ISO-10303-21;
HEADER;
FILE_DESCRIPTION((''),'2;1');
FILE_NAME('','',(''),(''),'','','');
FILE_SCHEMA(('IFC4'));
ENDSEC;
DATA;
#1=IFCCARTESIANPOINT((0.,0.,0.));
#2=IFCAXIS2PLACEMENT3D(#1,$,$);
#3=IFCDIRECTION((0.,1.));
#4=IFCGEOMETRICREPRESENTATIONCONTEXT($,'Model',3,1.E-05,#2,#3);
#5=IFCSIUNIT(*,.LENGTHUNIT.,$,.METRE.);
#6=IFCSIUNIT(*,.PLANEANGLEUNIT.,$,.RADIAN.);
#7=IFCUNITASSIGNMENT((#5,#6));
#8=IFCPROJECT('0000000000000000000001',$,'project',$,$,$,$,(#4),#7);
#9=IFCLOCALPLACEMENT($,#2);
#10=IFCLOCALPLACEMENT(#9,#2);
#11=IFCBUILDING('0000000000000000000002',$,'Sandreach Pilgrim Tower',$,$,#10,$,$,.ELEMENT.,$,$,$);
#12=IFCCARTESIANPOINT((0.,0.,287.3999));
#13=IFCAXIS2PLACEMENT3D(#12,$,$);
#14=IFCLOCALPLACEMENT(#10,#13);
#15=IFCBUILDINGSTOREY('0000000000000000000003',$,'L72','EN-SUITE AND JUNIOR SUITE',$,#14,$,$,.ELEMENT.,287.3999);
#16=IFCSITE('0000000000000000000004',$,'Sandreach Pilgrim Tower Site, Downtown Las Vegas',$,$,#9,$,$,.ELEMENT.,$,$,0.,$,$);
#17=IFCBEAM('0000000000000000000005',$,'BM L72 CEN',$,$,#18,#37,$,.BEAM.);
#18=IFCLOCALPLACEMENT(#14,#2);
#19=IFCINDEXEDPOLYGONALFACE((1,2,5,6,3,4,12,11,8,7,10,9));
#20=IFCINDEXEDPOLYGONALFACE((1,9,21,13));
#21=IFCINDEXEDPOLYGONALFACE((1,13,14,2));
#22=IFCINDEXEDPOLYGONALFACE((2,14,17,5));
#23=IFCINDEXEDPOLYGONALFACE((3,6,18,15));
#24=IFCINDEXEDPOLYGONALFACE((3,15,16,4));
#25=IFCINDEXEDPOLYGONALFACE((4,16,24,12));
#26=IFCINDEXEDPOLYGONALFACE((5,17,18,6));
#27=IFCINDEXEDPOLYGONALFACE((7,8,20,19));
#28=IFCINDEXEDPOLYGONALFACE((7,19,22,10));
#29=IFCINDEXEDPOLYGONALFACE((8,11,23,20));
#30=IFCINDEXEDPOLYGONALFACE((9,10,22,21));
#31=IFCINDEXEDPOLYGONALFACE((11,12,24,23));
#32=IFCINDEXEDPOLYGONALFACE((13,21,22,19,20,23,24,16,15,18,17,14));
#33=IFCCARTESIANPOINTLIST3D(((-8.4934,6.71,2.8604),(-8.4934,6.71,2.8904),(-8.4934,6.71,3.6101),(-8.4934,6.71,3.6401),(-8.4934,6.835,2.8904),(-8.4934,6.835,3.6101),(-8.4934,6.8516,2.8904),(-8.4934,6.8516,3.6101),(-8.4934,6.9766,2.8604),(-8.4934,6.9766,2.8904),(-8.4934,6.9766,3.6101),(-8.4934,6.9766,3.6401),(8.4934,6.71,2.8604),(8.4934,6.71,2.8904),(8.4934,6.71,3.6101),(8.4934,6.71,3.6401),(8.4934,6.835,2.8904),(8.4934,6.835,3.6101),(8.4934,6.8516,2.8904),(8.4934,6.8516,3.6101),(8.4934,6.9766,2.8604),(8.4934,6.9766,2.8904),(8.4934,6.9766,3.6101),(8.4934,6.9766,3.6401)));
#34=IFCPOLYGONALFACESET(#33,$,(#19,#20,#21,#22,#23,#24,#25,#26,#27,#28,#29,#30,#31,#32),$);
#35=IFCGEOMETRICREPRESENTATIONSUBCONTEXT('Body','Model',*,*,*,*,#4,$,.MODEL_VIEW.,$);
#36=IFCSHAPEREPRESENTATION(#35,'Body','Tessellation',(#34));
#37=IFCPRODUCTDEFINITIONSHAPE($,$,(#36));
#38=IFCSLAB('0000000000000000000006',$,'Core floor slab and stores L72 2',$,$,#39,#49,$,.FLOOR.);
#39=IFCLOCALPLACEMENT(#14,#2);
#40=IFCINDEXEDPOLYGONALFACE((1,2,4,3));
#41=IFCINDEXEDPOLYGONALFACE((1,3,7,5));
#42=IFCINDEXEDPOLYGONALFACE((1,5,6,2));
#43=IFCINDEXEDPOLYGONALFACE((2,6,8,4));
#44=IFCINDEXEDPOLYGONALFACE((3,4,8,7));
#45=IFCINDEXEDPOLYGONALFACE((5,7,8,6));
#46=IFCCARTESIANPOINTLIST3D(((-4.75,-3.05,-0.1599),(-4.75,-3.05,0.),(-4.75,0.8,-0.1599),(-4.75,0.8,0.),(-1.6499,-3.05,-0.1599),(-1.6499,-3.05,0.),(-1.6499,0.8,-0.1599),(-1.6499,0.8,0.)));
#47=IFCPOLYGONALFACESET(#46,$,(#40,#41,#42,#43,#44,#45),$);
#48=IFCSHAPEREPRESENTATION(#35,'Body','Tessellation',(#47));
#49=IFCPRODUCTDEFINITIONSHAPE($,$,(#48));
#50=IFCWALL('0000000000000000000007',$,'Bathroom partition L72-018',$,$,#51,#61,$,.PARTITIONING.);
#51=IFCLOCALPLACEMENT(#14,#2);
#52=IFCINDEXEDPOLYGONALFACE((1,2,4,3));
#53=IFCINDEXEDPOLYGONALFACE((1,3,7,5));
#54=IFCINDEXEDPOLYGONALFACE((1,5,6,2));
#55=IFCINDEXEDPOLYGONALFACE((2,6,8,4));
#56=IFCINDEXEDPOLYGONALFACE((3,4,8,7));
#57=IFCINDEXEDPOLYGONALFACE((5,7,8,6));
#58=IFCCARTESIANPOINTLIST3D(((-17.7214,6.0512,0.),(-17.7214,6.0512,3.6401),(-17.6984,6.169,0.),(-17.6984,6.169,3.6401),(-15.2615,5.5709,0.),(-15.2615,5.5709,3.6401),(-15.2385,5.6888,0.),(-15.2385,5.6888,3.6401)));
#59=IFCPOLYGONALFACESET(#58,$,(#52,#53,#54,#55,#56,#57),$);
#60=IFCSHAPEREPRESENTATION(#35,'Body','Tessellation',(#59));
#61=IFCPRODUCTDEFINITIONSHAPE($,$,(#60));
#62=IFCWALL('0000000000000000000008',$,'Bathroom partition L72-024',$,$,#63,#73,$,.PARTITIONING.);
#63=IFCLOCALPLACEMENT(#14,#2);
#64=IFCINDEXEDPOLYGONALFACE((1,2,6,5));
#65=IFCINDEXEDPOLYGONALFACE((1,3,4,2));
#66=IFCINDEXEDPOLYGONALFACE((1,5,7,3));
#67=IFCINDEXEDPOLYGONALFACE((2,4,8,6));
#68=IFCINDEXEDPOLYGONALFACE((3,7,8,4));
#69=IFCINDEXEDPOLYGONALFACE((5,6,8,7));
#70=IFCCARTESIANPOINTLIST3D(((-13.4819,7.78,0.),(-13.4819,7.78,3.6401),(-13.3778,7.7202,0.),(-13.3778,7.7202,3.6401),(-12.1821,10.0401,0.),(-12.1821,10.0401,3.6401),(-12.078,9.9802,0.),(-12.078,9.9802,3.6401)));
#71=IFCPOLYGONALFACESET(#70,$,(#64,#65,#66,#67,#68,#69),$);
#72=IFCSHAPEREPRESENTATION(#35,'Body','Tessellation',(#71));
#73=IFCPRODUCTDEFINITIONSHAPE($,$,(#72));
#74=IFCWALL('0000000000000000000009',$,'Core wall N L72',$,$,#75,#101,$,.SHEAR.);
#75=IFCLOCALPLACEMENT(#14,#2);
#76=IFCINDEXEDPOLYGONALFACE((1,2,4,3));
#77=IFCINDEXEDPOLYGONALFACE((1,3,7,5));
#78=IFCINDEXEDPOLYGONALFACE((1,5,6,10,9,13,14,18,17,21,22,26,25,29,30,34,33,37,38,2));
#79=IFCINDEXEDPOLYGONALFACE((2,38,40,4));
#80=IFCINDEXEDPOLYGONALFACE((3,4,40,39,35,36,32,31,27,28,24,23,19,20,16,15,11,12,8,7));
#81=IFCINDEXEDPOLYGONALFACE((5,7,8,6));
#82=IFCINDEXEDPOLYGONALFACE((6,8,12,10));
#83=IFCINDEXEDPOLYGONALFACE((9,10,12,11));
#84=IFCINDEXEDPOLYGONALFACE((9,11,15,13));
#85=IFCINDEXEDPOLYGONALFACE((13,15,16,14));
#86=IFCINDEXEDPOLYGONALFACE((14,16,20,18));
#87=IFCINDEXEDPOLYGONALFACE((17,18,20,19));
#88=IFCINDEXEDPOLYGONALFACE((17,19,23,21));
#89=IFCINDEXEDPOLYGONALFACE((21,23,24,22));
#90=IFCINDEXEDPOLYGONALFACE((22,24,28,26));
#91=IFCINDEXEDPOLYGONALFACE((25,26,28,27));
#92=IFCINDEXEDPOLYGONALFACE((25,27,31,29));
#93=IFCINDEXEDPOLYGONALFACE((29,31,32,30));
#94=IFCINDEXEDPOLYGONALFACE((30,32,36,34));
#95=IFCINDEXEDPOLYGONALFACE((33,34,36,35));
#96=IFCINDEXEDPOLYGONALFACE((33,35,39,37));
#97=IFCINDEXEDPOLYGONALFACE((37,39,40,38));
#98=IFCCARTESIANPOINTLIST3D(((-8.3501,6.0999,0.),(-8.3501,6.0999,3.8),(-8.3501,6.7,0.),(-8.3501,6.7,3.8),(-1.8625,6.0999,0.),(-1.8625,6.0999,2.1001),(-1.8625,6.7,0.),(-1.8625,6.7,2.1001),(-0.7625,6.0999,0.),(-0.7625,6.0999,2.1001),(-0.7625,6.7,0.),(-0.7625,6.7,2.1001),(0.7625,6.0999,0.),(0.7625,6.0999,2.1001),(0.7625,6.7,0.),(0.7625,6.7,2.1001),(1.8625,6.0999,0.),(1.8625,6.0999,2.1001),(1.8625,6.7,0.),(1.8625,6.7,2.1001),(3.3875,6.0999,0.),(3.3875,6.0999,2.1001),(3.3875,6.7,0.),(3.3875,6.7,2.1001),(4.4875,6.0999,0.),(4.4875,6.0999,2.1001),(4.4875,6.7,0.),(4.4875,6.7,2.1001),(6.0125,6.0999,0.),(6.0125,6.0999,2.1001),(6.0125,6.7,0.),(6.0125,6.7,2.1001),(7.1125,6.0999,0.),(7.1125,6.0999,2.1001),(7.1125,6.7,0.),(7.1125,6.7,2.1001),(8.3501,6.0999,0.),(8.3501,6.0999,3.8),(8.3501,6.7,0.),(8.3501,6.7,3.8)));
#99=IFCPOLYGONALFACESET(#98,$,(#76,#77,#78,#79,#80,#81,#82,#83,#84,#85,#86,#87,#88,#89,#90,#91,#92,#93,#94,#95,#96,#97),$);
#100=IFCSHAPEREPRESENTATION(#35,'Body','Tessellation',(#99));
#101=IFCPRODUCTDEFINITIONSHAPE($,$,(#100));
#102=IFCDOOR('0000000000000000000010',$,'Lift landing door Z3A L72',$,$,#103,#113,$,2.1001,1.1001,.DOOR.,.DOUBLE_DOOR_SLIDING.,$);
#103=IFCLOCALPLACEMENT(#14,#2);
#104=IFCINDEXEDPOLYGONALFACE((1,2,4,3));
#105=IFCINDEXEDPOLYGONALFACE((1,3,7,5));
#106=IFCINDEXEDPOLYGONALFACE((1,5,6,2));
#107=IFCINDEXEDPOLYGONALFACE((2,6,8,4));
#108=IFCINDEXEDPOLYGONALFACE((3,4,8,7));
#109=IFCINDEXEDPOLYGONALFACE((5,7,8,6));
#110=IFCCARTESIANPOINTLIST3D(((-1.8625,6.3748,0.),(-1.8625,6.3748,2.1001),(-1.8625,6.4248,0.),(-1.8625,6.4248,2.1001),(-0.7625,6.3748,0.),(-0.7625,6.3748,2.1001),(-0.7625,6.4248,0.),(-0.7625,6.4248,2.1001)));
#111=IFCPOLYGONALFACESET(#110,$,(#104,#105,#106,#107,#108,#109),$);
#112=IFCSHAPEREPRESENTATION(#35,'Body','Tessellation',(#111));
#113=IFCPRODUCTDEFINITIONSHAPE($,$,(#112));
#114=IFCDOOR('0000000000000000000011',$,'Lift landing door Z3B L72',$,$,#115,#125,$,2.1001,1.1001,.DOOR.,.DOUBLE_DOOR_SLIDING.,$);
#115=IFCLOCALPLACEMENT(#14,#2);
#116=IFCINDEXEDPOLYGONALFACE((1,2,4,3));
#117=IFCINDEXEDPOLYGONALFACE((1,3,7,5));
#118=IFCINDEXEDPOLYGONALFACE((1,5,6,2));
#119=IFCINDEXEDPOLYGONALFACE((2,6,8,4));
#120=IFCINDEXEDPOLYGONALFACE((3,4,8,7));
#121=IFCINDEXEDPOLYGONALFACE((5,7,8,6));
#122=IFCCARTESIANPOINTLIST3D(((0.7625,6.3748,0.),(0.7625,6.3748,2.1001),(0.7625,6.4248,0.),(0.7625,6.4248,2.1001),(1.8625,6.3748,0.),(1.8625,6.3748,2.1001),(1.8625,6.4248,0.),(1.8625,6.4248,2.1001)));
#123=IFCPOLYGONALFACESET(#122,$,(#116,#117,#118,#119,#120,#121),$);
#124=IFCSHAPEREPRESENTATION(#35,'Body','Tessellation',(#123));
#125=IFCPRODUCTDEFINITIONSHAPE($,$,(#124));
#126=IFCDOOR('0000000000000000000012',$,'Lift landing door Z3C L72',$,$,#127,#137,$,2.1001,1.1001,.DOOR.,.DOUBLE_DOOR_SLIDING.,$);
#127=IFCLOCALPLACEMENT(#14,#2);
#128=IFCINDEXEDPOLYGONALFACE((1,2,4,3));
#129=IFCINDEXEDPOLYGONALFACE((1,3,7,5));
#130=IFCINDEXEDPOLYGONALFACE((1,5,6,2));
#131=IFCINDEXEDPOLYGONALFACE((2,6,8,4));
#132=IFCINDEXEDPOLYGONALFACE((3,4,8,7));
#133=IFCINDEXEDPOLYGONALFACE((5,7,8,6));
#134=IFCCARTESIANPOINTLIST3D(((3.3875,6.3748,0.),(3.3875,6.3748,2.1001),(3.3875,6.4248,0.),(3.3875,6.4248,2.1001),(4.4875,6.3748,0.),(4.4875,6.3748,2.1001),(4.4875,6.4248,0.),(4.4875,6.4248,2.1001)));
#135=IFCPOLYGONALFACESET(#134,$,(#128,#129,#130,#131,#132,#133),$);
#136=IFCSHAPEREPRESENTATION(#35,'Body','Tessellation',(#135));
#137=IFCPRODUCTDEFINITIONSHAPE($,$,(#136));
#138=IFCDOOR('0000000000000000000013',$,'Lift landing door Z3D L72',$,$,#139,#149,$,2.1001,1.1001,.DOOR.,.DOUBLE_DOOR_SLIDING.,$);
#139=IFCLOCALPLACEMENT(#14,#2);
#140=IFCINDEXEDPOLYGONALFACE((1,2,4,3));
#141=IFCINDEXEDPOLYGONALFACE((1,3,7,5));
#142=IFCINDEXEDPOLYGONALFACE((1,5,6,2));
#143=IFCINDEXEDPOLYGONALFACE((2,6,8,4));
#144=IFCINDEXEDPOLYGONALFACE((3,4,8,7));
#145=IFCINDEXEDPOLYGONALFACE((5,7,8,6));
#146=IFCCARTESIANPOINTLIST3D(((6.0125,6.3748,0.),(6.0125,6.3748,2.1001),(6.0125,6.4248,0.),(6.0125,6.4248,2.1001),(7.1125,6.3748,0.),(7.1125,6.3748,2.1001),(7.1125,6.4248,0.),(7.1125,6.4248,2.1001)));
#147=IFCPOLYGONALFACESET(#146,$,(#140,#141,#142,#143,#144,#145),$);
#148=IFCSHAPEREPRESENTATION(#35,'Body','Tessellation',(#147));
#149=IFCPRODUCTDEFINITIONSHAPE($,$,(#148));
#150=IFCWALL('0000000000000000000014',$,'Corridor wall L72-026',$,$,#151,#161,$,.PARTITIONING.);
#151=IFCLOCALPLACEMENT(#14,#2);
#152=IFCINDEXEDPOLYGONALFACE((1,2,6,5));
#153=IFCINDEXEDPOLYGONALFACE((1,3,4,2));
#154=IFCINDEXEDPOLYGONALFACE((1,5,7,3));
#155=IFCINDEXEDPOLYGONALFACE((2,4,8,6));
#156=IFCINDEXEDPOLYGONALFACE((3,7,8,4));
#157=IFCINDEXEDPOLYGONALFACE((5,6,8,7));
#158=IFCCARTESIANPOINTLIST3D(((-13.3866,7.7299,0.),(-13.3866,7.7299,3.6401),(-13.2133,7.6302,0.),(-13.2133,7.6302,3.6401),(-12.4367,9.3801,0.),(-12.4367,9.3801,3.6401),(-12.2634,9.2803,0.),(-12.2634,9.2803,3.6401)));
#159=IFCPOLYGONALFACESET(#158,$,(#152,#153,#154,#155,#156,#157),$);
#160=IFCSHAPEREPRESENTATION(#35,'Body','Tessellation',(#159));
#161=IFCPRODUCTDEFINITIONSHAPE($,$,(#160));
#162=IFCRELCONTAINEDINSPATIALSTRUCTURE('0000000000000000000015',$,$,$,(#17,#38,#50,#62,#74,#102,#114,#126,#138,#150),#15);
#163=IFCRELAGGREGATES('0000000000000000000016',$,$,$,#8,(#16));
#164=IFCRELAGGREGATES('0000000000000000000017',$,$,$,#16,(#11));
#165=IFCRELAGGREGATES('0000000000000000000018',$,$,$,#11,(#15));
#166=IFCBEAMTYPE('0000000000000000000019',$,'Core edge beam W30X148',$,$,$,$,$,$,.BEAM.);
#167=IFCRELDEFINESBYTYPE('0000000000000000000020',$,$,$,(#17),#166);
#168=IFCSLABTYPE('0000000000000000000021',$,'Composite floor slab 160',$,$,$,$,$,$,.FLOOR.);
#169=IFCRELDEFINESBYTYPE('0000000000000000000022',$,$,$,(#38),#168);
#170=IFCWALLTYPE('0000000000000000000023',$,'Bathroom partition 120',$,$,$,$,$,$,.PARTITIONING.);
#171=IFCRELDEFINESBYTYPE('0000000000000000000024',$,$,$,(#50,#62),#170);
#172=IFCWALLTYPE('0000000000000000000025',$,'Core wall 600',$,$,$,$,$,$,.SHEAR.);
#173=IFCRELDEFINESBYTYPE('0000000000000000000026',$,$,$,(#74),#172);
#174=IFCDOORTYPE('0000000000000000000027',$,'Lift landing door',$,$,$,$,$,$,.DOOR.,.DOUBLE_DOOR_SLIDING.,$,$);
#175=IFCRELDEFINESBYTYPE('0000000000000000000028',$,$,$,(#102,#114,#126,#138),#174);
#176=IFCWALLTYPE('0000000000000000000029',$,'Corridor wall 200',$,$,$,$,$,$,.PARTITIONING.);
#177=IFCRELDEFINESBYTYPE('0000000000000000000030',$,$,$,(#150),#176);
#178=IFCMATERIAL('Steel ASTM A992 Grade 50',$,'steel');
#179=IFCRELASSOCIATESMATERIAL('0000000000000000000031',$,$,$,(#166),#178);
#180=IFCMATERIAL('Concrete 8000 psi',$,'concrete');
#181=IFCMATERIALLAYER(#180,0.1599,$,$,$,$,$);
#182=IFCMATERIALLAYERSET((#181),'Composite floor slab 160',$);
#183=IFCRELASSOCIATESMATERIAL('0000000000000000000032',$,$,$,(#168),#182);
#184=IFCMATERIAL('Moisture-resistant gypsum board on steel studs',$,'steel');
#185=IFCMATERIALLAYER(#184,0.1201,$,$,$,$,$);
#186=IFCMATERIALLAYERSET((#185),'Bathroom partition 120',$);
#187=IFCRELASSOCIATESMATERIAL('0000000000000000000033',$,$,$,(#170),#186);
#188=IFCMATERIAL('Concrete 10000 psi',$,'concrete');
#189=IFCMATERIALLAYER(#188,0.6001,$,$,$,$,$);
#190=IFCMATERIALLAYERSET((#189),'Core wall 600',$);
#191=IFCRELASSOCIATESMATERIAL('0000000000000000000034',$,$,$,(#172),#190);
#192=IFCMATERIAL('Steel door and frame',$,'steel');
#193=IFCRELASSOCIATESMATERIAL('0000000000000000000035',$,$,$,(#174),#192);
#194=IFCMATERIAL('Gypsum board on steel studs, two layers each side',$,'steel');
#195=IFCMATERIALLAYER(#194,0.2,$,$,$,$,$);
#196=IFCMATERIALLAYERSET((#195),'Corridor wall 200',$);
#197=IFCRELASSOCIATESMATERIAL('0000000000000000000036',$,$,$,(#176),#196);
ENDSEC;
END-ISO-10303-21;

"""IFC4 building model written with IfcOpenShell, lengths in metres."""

from ifc_helpers import new_model, si_unit, direction, frame, frame_2d, origin, origin_2d, place, context, subcontext, project, spatial, polyline, rectangle, i_section, outline, extrude, material, layer, layer_set, material_profile, profile_set, type_object, element, fill, save


model = new_model("IFC4")

# Units and contexts
model_context = context("Model", 3, precision=1e-05, world=origin(), true_north=direction((0.0, 1.0)))
body_context = subcontext(model_context, "Body", "Model", "MODEL_VIEW")
ifc_project = project(units=[si_unit("LENGTHUNIT", "METRE"), si_unit("PLANEANGLEUNIT", "RADIAN")], contexts=[model_context])

# Site, building, storey
site_placement = place(None, origin())
site = spatial("IfcSite", under=ifc_project, at=site_placement, Name="Sandreach Pilgrim Tower Site, Downtown Las Vegas", CompositionType="ELEMENT", RefElevation=0.0)
building_placement = place(site_placement, origin())
building = spatial("IfcBuilding", under=site, at=building_placement, Name="Sandreach Pilgrim Tower", CompositionType="ELEMENT")
storey_placement = place(building_placement, frame((0.0, 0.0, 287.3999)))
storey = spatial("IfcBuildingStorey", under=building, at=storey_placement, Name="L72", Description="EN-SUITE AND JUNIOR SUITE", CompositionType="ELEMENT", Elevation=287.3999)

# Beam
ifc_material_1 = material(Name="Steel ASTM A992 Grade 50", Category="steel")
ifc_material_profile = material_profile(ifc_material_1, i_section(OverallWidth=0.2666, OverallDepth=0.7798, WebThickness=0.0166, FlangeThickness=0.03, at=origin_2d()), Name="W30X148")
ifc_profile_set = profile_set([ifc_material_profile], Name="Steel ASTM A992 Grade 50")
beam_type = type_object("IfcBeamType", Name="Core edge beam W30X148", PredefinedType="BEAM", material=ifc_profile_set)
beam_placement = place(storey_placement, frame((-8.4934, 6.8433, 3.2502), z_axis=(1.0, 0.0, 0.0), x_axis=(0.0, 1.0, 0.0)))
element("IfcBeam", 1, at=beam_placement, inside=storey, type_object=beam_type, Name="BM L72 CEN", PredefinedType="BEAM", context=body_context, shape_type="SweptSolid", body=[
    extrude(i_section(OverallWidth=0.2666, OverallDepth=0.7798, WebThickness=0.0166, FlangeThickness=0.03, at=origin_2d()), origin(), (0.0, 0.0, 1.0), 16.9868),
])

# Slab
ifc_material_2 = material(Name="Concrete 8000 psi", Category="concrete")
ifc_layer_1 = layer(ifc_material_2, 0.1599)
ifc_layer_set_1 = layer_set([ifc_layer_1], Name="Composite floor slab 160")
slab_type = type_object("IfcSlabType", Name="Composite floor slab 160", PredefinedType="FLOOR", material=ifc_layer_set_1)
slab_placement = place(storey_placement, frame((0.0, 0.0, -0.1599)))
element("IfcSlab", 2, at=slab_placement, inside=storey, type_object=slab_type, Name="Core floor slab and stores L72 2", PredefinedType="FLOOR", context=body_context, shape_type="SweptSolid", body=[
    extrude(outline(polyline([(-1.6499, -3.05), (-4.75, -3.05), (-4.75, 0.8), (-1.6499, 0.8), (-1.6499, -3.05)])), origin(), (0.0, 0.0, 1.0), 0.1599),
])

# Walls
ifc_material_3 = material(Name="Moisture-resistant gypsum board on steel studs", Category="steel")
ifc_layer_2 = layer(ifc_material_3, 0.1201)
ifc_layer_set_2 = layer_set([ifc_layer_2], Name="Bathroom partition 120")
wall_type_1 = type_object("IfcWallType", Name="Bathroom partition 120", PredefinedType="PARTITIONING", material=ifc_layer_set_2)
wall_1_placement = place(storey_placement, frame((-15.25, 5.6299, 0.0), z_axis=(0.0, 0.0, 1.0), x_axis=(-0.981473, 0.1916, 0.0)))
element("IfcWall", 3, at=wall_1_placement, inside=storey, type_object=wall_type_1, Name="Bathroom partition L72-018", PredefinedType="PARTITIONING", context=body_context, shape_type="SweptSolid", body=[
    extrude(rectangle(XDim=2.5063, YDim=0.1201, at=frame_2d((1.2532, 0.0))), origin(), (0.0, 0.0, 1.0), 3.6401),
])
wall_2_placement = place(storey_placement, frame((-13.4299, 7.75, 0.0), z_axis=(0.0, 0.0, 1.0), x_axis=(0.498557, 0.866857, 0.0)))
element("IfcWall", 4, at=wall_2_placement, inside=storey, type_object=wall_type_1, Name="Bathroom partition L72-024", PredefinedType="PARTITIONING", context=body_context, shape_type="SweptSolid", body=[
    extrude(rectangle(XDim=2.6072, YDim=0.1201, at=frame_2d((1.3037, 0.0))), origin(), (0.0, 0.0, 1.0), 3.6401),
])

# Wall, openings, doors
ifc_material_4 = material(Name="Concrete 10000 psi", Category="concrete")
ifc_layer_3 = layer(ifc_material_4, 0.6001)
ifc_layer_set_3 = layer_set([ifc_layer_3], Name="Core wall 600")
wall_type_2 = type_object("IfcWallType", Name="Core wall 600", PredefinedType="SHEAR", material=ifc_layer_set_3)
wall_3_placement = place(storey_placement, frame((-8.3501, 6.3999, 0.0), z_axis=(0.0, 0.0, 1.0), x_axis=(1.0, 0.0, 0.0)))
wall_3 = element("IfcWall", 5, at=wall_3_placement, inside=storey, type_object=wall_type_2, Name="Core wall N L72", PredefinedType="SHEAR", context=body_context, shape_type="SweptSolid", body=[
    extrude(rectangle(XDim=16.7002, YDim=0.6001, at=frame_2d((8.3501, 0.0))), origin(), (0.0, 0.0, 1.0), 3.8),
])
opening_1_placement = place(wall_3_placement, frame((6.4875, 0.0, 0.0)))
opening_1 = element("IfcOpeningElement", 6, at=opening_1_placement, cuts=wall_3, PredefinedType="OPENING", context=body_context, shape_type="SweptSolid", body=[
    extrude(rectangle(XDim=1.1001, YDim=2.1001, at=frame_2d((0.55, 1.05))), frame((0.0, 0.3, 0.0), z_axis=(0.0, -1.0, 0.0), x_axis=(1.0, 0.0, 0.0)), (0.0, 0.0, 1.0), 0.6001),
])
opening_2_placement = place(wall_3_placement, frame((9.1125, 0.0, 0.0)))
opening_2 = element("IfcOpeningElement", 7, at=opening_2_placement, cuts=wall_3, PredefinedType="OPENING", context=body_context, shape_type="SweptSolid", body=[
    extrude(rectangle(XDim=1.1001, YDim=2.1001, at=frame_2d((0.55, 1.05))), frame((0.0, 0.3, 0.0), z_axis=(0.0, -1.0, 0.0), x_axis=(1.0, 0.0, 0.0)), (0.0, 0.0, 1.0), 0.6001),
])
opening_3_placement = place(wall_3_placement, frame((11.7375, 0.0, 0.0)))
opening_3 = element("IfcOpeningElement", 8, at=opening_3_placement, cuts=wall_3, PredefinedType="OPENING", context=body_context, shape_type="SweptSolid", body=[
    extrude(rectangle(XDim=1.1001, YDim=2.1001, at=frame_2d((0.55, 1.05))), frame((0.0, 0.3, 0.0), z_axis=(0.0, -1.0, 0.0), x_axis=(1.0, 0.0, 0.0)), (0.0, 0.0, 1.0), 0.6001),
])
opening_4_placement = place(wall_3_placement, frame((14.3625, 0.0, 0.0)))
opening_4 = element("IfcOpeningElement", 9, at=opening_4_placement, cuts=wall_3, PredefinedType="OPENING", context=body_context, shape_type="SweptSolid", body=[
    extrude(rectangle(XDim=1.1001, YDim=2.1001, at=frame_2d((0.55, 1.05))), frame((0.0, 0.3, 0.0), z_axis=(0.0, -1.0, 0.0), x_axis=(1.0, 0.0, 0.0)), (0.0, 0.0, 1.0), 0.6001),
])
ifc_material_5 = material(Name="Steel door and frame", Category="steel")
door_type_1 = type_object("IfcDoorType", Name="Lift landing door", OperationType="DOUBLE_DOOR_SLIDING", PredefinedType="DOOR", material=ifc_material_5)
door_1_placement = place(opening_1_placement, origin())
door_1 = element("IfcDoor", 10, at=door_1_placement, inside=storey, type_object=door_type_1, Name="Lift landing door Z3A L72", OperationType="DOUBLE_DOOR_SLIDING", OverallHeight=2.1001, OverallWidth=1.1001, PredefinedType="DOOR", context=body_context, shape_type="SweptSolid", body=[
    extrude(rectangle(XDim=1.1001, YDim=2.1001, at=frame_2d((0.55, 1.05))), frame((0.0, 0.0249, 0.0), z_axis=(0.0, -1.0, 0.0), x_axis=(1.0, 0.0, 0.0)), (0.0, 0.0, 1.0), 0.05),
])
fill(opening_1, door_1)
door_2_placement = place(opening_2_placement, origin())
door_2 = element("IfcDoor", 11, at=door_2_placement, inside=storey, type_object=door_type_1, Name="Lift landing door Z3B L72", OperationType="DOUBLE_DOOR_SLIDING", OverallHeight=2.1001, OverallWidth=1.1001, PredefinedType="DOOR", context=body_context, shape_type="SweptSolid", body=[
    extrude(rectangle(XDim=1.1001, YDim=2.1001, at=frame_2d((0.55, 1.05))), frame((0.0, 0.0249, 0.0), z_axis=(0.0, -1.0, 0.0), x_axis=(1.0, 0.0, 0.0)), (0.0, 0.0, 1.0), 0.05),
])
fill(opening_2, door_2)
door_3_placement = place(opening_3_placement, origin())
door_3 = element("IfcDoor", 12, at=door_3_placement, inside=storey, type_object=door_type_1, Name="Lift landing door Z3C L72", OperationType="DOUBLE_DOOR_SLIDING", OverallHeight=2.1001, OverallWidth=1.1001, PredefinedType="DOOR", context=body_context, shape_type="SweptSolid", body=[
    extrude(rectangle(XDim=1.1001, YDim=2.1001, at=frame_2d((0.55, 1.05))), frame((0.0, 0.0249, 0.0), z_axis=(0.0, -1.0, 0.0), x_axis=(1.0, 0.0, 0.0)), (0.0, 0.0, 1.0), 0.05),
])
fill(opening_3, door_3)
door_4_placement = place(opening_4_placement, origin())
door_4 = element("IfcDoor", 13, at=door_4_placement, inside=storey, type_object=door_type_1, Name="Lift landing door Z3D L72", OperationType="DOUBLE_DOOR_SLIDING", OverallHeight=2.1001, OverallWidth=1.1001, PredefinedType="DOOR", context=body_context, shape_type="SweptSolid", body=[
    extrude(rectangle(XDim=1.1001, YDim=2.1001, at=frame_2d((0.55, 1.05))), frame((0.0, 0.0249, 0.0), z_axis=(0.0, -1.0, 0.0), x_axis=(1.0, 0.0, 0.0)), (0.0, 0.0, 1.0), 0.05),
])
fill(opening_4, door_4)

# Shared definitions
ifc_material_6 = material(Name="Gypsum board on steel studs, two layers each side", Category="steel")
ifc_layer_4 = layer(ifc_material_6, 0.2)
ifc_layer_set_4 = layer_set([ifc_layer_4], Name="Corridor wall 200")
wall_type_3 = type_object("IfcWallType", Name="Corridor wall 200", PredefinedType="PARTITIONING", material=ifc_layer_set_4)

# Wall
wall_4_placement = place(storey_placement, frame((-13.3, 7.6799, 0.0), z_axis=(0.0, 0.0, 1.0), x_axis=(0.498912, 0.866653, 0.0)))
element("IfcWall", 14, at=wall_4_placement, inside=storey, type_object=wall_type_3, Name="Corridor wall L72-026", PredefinedType="PARTITIONING", context=body_context, shape_type="SweptSolid", body=[
    extrude(rectangle(XDim=1.9041, YDim=0.2, at=frame_2d((0.9521, 0.0))), origin(), (0.0, 0.0, 1.0), 3.6401),
])

save(model, "model.ifc")
